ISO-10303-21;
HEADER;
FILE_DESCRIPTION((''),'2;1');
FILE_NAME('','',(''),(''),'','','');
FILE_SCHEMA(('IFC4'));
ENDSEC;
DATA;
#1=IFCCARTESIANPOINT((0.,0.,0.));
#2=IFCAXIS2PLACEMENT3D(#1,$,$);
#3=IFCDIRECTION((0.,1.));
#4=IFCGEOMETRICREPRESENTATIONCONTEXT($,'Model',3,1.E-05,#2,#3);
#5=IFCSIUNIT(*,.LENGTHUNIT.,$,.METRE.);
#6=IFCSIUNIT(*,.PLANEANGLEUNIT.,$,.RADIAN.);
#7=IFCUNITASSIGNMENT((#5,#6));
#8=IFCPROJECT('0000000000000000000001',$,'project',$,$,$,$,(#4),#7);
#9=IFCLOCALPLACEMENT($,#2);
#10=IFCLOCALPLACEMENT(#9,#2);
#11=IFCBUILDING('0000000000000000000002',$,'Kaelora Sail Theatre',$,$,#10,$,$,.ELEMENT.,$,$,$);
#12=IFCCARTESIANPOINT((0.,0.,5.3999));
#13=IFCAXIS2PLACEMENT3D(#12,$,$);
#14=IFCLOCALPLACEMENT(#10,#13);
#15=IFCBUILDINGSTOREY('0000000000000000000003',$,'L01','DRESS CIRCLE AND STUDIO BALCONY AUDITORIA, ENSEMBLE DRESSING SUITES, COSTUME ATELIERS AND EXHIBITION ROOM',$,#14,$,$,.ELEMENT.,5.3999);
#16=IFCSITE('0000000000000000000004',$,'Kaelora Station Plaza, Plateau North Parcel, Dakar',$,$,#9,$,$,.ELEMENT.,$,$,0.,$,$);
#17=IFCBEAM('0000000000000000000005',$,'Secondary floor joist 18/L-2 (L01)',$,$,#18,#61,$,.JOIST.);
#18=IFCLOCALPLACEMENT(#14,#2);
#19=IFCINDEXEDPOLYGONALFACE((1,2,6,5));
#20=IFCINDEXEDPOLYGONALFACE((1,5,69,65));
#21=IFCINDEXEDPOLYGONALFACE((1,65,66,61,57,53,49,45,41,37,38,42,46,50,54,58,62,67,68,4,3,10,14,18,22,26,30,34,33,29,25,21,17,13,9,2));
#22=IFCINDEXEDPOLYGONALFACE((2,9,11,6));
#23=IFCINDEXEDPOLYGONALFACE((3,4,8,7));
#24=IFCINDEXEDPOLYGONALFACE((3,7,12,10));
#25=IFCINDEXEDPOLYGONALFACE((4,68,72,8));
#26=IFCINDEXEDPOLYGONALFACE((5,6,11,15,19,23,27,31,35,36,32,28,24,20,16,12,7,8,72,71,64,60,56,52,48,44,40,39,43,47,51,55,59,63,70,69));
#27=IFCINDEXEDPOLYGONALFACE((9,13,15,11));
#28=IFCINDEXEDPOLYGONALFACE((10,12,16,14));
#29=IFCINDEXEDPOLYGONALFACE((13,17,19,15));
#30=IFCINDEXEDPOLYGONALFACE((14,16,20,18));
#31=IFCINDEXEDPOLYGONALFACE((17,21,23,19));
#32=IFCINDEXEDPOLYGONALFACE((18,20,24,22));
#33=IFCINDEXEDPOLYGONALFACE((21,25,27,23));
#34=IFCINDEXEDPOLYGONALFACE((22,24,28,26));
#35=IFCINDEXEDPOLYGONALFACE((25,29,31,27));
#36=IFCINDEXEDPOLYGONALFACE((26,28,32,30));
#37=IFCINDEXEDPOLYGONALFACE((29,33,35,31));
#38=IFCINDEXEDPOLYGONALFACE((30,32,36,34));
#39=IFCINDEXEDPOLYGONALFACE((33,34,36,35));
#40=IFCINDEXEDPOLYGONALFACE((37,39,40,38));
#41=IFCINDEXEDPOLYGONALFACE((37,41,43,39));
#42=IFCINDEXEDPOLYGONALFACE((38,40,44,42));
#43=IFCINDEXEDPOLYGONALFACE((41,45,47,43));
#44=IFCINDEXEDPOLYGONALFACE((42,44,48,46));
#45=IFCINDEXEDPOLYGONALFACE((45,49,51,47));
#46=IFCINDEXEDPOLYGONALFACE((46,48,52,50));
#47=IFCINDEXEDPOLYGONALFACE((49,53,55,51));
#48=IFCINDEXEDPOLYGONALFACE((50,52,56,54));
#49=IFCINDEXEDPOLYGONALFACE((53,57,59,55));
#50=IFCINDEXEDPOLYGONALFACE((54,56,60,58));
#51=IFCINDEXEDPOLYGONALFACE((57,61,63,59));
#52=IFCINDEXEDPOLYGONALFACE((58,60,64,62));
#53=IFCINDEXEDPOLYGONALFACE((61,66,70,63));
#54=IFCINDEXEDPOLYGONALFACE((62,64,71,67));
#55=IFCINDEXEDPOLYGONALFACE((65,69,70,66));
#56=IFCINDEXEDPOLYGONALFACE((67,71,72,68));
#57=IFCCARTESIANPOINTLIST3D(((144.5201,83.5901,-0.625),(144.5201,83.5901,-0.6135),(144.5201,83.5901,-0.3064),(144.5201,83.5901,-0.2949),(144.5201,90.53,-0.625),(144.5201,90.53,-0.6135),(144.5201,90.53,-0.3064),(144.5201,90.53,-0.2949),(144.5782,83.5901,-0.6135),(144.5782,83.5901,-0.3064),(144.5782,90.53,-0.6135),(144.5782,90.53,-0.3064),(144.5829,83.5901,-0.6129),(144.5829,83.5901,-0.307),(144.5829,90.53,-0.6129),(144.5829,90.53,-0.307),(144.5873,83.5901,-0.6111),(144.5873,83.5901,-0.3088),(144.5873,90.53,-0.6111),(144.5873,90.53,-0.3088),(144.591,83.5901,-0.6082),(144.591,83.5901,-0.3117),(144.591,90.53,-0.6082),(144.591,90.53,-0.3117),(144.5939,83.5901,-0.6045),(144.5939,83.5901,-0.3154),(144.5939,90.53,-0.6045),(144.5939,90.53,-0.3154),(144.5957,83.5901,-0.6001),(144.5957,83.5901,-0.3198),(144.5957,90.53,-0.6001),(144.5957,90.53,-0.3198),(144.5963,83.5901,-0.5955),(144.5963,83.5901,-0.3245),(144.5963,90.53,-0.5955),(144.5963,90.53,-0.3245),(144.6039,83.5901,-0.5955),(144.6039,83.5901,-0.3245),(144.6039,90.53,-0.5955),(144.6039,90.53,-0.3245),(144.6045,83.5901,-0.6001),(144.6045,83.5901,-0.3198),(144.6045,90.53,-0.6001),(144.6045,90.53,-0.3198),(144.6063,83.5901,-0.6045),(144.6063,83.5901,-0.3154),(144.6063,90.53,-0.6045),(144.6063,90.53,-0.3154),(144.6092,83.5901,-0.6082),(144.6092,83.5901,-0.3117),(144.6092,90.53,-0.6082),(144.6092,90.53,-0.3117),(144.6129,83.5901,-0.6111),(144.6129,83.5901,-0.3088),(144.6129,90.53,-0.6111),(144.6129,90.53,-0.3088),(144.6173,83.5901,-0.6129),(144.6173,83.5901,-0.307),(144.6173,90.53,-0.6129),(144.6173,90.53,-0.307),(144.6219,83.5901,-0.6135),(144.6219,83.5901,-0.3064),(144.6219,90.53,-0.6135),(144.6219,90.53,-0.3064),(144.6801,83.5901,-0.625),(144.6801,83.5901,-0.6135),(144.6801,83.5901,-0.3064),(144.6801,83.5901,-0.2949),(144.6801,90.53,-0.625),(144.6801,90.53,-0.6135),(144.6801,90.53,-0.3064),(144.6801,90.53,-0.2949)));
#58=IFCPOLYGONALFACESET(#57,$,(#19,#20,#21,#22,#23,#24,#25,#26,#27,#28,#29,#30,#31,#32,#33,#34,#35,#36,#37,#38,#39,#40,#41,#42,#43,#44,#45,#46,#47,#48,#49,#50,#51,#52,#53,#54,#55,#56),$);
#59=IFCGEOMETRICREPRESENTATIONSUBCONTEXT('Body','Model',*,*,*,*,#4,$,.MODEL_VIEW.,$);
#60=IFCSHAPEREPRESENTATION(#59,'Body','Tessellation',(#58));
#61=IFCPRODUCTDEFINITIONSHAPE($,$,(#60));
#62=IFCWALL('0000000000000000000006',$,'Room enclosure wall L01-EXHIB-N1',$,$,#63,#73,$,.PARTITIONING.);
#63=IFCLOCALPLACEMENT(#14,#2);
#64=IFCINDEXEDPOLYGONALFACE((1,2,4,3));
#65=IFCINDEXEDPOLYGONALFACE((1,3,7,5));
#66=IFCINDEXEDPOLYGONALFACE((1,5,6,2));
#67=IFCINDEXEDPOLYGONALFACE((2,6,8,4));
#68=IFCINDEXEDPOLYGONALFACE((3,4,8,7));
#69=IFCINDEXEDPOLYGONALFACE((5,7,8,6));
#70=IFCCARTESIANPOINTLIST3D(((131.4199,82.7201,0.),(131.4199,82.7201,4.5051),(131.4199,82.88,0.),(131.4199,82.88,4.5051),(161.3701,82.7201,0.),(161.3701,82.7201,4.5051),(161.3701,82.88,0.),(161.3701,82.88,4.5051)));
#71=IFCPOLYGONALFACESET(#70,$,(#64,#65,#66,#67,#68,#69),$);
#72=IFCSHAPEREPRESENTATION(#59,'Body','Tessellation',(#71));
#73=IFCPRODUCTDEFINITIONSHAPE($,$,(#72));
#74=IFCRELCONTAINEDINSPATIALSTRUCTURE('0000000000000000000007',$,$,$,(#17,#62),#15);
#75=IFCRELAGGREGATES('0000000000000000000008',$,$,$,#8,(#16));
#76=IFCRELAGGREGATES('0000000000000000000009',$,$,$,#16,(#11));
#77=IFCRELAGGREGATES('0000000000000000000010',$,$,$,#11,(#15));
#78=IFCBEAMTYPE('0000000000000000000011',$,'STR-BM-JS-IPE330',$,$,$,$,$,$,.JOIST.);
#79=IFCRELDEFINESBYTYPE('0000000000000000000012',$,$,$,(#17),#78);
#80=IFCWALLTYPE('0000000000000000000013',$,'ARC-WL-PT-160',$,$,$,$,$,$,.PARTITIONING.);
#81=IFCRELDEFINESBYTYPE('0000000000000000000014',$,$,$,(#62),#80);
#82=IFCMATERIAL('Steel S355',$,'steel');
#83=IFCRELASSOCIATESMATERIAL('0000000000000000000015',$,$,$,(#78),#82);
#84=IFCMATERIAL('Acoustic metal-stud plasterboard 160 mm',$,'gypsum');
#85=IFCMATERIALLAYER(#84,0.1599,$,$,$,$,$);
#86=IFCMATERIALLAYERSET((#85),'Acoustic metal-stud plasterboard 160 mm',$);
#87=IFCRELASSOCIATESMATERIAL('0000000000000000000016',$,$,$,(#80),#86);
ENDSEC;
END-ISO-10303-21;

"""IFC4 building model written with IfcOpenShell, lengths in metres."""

from ifc_helpers import new_model, si_unit, direction, frame, frame_2d, origin, origin_2d, place, context, subcontext, project, spatial, rectangle, i_section, extrude, material, layer, layer_set, material_profile, profile_set, type_object, element, save


model = new_model("IFC4")

# Units and contexts
model_context = context("Model", 3, precision=1e-05, world=origin(), true_north=direction((0.0, 1.0)))
body_context = subcontext(model_context, "Body", "Model", "MODEL_VIEW")
ifc_project = project(units=[si_unit("LENGTHUNIT", "METRE"), si_unit("PLANEANGLEUNIT", "RADIAN")], contexts=[model_context])

# Site, building, storey
site_placement = place(None, origin())
site = spatial("IfcSite", under=ifc_project, at=site_placement, Name="Kaelora Station Plaza, Plateau North Parcel, Dakar", CompositionType="ELEMENT", RefElevation=0.0)
building_placement = place(site_placement, origin())
building = spatial("IfcBuilding", under=site, at=building_placement, Name="Kaelora Sail Theatre", CompositionType="ELEMENT")
storey_placement = place(building_placement, frame((0.0, 0.0, 5.3999)))
storey = spatial("IfcBuildingStorey", under=building, at=storey_placement, Name="L01", Description="DRESS CIRCLE AND STUDIO BALCONY AUDITORIA, ENSEMBLE DRESSING SUITES, COSTUME ATELIERS AND EXHIBITION ROOM", CompositionType="ELEMENT", Elevation=5.3999)

# Beam
ifc_material_1 = material(Name="Steel S355", Category="steel")
ifc_material_profile_1 = material_profile(ifc_material_1, i_section(OverallWidth=0.1599, OverallDepth=0.3301, WebThickness=0.0076, FlangeThickness=0.0115, FilletRadius=0.0181, at=origin_2d()), Name="IPE 330")
ifc_profile_set_1 = profile_set([ifc_material_profile_1], Name="Steel S355")
beam_type_1 = type_object("IfcBeamType", Name="STR-BM-JS-IPE330", PredefinedType="JOIST", material=ifc_profile_set_1)
beam_1_placement = place(storey_placement, frame((144.6001, 83.5901, -0.46), z_axis=(0.0, 1.0, 0.0), x_axis=(-1.0, 0.0, 0.0)))
element("IfcBeam", 1, at=beam_1_placement, inside=storey, type_object=beam_type_1, Name="Secondary floor joist 18/L-2 (L01)", PredefinedType="JOIST", context=body_context, shape_type="SweptSolid", body=[
    extrude(i_section(OverallWidth=0.1599, OverallDepth=0.3301, WebThickness=0.0076, FlangeThickness=0.0115, FilletRadius=0.0181, at=origin_2d()), origin(), (0.0, 0.0, 1.0), 6.9399),
])

# Wall
ifc_material_2 = material(Name="Acoustic metal-stud plasterboard 160 mm", Category="gypsum")
ifc_layer = layer(ifc_material_2, 0.1599)
ifc_layer_set = layer_set([ifc_layer], Name="Acoustic metal-stud plasterboard 160 mm")
wall_type = type_object("IfcWallType", Name="ARC-WL-PT-160", PredefinedType="PARTITIONING", material=ifc_layer_set)
wall_placement = place(storey_placement, frame((131.4199, 82.8, 0.0), z_axis=(0.0, 0.0, 1.0), x_axis=(1.0, 0.0, 0.0)))
element("IfcWall", 2, at=wall_placement, inside=storey, type_object=wall_type, Name="Room enclosure wall L01-EXHIB-N1", PredefinedType="PARTITIONING", context=body_context, shape_type="SweptSolid", body=[
    extrude(rectangle(XDim=29.9502, YDim=0.1599, at=frame_2d((14.9751, 0.0))), origin(), (0.0, 0.0, 1.0), 4.5051),
])

save(model, "model.ifc")
